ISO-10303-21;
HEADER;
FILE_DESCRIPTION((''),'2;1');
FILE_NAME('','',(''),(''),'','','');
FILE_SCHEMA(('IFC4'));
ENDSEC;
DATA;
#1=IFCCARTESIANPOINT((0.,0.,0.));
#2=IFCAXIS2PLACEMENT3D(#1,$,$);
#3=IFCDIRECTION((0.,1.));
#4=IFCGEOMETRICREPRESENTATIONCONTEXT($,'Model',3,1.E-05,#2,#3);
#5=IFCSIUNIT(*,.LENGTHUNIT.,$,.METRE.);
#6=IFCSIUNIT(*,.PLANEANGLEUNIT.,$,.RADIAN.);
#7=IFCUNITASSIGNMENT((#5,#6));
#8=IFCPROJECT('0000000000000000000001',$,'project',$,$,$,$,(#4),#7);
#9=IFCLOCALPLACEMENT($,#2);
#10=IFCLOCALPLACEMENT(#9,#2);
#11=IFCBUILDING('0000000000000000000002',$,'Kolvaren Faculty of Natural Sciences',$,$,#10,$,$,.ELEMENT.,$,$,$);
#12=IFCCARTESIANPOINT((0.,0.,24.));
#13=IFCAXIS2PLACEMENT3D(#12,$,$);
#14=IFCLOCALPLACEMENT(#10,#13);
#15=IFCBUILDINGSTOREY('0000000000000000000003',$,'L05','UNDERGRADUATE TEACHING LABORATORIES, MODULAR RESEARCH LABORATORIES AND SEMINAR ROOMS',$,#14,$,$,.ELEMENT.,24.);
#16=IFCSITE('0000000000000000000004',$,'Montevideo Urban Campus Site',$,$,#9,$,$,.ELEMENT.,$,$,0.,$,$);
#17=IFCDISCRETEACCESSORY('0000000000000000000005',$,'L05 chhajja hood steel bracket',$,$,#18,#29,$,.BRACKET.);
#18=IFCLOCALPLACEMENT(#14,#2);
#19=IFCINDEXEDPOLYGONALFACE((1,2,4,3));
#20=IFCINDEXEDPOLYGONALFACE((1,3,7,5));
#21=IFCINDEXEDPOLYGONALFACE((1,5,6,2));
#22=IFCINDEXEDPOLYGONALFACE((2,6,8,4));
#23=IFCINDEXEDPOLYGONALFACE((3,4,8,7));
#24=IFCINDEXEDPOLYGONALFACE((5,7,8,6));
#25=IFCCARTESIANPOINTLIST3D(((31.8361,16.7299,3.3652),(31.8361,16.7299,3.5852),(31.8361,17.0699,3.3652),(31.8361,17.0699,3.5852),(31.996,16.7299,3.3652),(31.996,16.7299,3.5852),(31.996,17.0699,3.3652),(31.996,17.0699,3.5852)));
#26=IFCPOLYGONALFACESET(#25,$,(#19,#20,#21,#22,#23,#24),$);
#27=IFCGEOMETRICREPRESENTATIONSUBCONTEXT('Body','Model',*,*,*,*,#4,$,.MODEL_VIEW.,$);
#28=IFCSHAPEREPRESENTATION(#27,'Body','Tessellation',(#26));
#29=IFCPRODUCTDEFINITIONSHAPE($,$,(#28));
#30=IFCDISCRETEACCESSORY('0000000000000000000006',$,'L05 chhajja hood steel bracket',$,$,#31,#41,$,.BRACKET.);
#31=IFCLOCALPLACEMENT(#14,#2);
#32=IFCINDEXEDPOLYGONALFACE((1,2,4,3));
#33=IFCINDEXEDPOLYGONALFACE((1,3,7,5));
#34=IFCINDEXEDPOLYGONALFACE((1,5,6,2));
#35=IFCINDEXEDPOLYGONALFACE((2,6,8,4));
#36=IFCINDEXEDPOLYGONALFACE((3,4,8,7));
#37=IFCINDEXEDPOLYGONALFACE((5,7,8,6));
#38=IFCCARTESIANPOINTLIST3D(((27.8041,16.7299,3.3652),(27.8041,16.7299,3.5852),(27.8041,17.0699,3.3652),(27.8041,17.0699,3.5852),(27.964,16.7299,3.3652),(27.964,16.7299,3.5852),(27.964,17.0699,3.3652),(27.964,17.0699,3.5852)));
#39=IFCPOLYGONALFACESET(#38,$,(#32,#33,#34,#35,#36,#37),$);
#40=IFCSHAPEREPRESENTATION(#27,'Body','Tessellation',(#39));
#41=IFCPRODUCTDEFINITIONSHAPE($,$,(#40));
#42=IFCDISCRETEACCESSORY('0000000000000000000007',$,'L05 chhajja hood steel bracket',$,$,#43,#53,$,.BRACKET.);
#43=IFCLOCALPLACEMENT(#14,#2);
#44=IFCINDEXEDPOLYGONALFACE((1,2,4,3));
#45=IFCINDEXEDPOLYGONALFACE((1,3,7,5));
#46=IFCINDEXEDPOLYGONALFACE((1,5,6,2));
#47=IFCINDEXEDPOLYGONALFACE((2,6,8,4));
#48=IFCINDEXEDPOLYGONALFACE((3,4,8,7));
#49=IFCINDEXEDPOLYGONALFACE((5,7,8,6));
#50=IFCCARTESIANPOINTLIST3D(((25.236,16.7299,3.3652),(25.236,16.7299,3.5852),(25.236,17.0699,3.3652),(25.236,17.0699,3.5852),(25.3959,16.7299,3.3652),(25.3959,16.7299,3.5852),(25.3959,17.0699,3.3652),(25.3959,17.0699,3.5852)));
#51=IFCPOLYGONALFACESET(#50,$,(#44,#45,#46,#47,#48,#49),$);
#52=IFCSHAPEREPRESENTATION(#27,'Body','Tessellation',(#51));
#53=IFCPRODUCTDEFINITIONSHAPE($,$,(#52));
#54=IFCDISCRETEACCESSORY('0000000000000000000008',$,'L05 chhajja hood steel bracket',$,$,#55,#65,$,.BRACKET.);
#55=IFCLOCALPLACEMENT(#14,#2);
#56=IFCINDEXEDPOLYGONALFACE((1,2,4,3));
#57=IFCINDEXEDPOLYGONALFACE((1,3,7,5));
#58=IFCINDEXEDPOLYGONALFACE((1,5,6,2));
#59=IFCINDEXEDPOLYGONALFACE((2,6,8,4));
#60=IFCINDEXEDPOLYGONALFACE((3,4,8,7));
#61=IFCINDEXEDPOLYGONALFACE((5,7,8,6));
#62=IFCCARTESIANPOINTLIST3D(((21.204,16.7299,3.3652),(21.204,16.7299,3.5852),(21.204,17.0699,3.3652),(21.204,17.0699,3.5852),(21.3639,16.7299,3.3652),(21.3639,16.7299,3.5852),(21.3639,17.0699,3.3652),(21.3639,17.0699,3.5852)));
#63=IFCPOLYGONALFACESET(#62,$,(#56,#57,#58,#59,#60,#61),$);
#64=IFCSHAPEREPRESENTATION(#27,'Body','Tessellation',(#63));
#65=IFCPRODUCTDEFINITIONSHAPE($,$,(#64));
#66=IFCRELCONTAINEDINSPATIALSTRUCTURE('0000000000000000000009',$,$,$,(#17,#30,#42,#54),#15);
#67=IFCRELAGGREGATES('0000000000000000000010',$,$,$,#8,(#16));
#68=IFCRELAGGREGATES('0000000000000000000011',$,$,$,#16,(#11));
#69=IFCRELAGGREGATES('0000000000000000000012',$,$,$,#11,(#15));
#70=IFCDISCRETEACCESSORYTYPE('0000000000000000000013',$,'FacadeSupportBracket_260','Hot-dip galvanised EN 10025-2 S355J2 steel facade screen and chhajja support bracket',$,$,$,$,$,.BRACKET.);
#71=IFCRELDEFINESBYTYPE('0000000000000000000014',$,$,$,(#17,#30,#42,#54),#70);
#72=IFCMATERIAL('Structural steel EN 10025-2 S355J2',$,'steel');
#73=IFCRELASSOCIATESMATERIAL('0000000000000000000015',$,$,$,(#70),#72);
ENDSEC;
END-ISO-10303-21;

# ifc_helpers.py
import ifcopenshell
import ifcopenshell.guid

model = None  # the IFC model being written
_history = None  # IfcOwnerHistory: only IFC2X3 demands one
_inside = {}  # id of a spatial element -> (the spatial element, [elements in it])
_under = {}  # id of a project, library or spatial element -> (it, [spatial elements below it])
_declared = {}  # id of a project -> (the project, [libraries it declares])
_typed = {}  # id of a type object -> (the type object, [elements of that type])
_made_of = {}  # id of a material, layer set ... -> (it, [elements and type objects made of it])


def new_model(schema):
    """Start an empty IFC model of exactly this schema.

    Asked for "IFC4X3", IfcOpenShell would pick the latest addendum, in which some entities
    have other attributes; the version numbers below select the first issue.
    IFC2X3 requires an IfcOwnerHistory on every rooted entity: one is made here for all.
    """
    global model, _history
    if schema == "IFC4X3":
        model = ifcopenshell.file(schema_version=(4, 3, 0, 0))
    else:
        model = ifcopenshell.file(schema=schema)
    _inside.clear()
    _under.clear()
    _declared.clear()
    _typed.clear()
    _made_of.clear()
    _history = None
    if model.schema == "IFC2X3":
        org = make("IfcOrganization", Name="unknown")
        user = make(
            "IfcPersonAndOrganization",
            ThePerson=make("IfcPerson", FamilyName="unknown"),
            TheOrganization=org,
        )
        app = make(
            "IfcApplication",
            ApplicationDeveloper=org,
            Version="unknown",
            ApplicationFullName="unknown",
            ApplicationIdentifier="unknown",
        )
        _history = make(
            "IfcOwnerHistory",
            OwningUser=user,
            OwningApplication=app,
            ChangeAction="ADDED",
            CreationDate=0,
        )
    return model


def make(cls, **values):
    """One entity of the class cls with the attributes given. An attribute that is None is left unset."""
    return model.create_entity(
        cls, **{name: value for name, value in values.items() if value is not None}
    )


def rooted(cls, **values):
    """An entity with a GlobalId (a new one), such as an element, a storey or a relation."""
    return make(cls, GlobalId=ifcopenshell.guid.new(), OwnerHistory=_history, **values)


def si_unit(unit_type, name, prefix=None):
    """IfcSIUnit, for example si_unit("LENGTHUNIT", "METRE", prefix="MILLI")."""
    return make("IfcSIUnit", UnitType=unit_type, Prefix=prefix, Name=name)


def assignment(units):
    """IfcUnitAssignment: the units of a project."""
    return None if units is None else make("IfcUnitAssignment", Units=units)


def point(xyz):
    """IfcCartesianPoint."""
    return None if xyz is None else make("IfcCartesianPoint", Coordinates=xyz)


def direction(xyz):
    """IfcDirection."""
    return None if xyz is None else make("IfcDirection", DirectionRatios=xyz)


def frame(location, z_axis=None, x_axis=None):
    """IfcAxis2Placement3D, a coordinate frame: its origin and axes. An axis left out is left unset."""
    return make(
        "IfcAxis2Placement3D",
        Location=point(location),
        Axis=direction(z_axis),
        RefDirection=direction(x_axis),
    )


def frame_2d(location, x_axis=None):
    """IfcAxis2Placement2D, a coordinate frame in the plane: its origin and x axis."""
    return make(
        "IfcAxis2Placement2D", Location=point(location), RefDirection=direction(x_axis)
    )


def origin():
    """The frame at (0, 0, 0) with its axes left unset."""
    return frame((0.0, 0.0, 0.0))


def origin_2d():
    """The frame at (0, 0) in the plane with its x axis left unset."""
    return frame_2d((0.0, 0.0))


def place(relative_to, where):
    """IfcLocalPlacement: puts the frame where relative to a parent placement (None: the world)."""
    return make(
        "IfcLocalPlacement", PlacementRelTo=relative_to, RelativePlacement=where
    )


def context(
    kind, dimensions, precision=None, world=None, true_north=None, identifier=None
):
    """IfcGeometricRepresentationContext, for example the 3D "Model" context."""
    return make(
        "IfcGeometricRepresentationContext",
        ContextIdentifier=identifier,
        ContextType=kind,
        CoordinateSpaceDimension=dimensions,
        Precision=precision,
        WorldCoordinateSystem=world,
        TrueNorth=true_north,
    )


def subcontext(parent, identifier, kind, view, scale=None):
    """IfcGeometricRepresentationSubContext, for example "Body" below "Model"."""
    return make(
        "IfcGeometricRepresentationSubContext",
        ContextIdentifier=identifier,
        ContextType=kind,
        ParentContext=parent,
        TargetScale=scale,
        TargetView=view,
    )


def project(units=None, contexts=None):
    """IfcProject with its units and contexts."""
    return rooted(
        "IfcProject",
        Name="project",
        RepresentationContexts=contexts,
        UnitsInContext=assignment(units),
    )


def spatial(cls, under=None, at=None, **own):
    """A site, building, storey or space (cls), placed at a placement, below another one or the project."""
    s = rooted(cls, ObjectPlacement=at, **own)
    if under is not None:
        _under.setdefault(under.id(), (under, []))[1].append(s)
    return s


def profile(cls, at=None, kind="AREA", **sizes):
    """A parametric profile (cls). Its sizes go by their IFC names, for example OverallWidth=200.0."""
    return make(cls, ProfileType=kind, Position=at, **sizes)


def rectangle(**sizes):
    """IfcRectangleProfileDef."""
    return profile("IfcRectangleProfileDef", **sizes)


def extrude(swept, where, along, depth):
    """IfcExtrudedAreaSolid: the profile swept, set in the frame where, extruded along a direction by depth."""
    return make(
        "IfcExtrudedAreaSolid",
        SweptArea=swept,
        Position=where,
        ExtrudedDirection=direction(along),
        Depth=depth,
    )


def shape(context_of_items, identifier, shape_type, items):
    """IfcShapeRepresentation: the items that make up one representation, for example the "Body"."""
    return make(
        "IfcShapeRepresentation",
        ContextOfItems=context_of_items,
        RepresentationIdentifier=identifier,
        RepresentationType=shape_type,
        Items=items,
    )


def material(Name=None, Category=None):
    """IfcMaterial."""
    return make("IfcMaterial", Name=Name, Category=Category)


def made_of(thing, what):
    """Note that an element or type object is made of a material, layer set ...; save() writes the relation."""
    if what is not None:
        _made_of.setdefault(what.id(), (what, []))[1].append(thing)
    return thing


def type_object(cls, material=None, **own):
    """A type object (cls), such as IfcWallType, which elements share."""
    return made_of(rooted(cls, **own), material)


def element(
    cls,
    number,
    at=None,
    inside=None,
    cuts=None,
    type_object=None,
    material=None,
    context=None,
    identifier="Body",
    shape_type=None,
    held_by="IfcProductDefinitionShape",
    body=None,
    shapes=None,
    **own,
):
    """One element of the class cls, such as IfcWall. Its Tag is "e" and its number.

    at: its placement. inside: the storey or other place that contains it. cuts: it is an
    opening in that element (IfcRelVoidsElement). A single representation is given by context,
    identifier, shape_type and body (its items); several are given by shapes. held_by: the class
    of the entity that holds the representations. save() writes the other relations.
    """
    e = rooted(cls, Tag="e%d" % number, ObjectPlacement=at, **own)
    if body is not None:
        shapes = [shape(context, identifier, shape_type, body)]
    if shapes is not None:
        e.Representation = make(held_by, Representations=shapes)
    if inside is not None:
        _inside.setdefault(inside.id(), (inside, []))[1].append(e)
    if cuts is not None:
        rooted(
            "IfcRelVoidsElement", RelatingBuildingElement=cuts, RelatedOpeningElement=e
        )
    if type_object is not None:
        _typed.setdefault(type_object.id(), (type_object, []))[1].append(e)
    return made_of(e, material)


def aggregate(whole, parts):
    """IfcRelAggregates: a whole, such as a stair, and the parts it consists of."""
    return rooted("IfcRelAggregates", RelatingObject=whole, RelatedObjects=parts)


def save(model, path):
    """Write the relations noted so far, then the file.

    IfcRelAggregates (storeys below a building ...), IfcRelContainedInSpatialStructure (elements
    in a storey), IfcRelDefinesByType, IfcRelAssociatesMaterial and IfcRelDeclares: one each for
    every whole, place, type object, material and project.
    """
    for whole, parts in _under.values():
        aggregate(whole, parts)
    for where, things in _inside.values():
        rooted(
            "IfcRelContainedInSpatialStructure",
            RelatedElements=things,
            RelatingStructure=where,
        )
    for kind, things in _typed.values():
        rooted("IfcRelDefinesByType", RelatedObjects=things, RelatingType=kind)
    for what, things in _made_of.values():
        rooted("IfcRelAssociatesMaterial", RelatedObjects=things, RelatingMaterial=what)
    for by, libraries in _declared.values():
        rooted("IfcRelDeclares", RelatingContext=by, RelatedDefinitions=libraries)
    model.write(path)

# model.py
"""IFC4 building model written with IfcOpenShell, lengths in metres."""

from ifc_helpers import new_model, si_unit, direction, frame, origin, origin_2d, place, context, subcontext, project, spatial, rectangle, extrude, material, type_object, element, save


model = new_model("IFC4")

# Units and contexts
model_context = context("Model", 3, precision=1e-05, world=origin(), true_north=direction((0.0, 1.0)))
body_context = subcontext(model_context, "Body", "Model", "MODEL_VIEW")
ifc_project = project(units=[si_unit("LENGTHUNIT", "METRE"), si_unit("PLANEANGLEUNIT", "RADIAN")], contexts=[model_context])

# Site, building, storey
site_placement = place(None, origin())
site = spatial("IfcSite", under=ifc_project, at=site_placement, Name="Montevideo Urban Campus Site", CompositionType="ELEMENT", RefElevation=0.0)
building_placement = place(site_placement, origin())
building = spatial("IfcBuilding", under=site, at=building_placement, Name="Kolvaren Faculty of Natural Sciences", CompositionType="ELEMENT")
storey_placement = place(building_placement, frame((0.0, 0.0, 24.0)))
storey = spatial("IfcBuildingStorey", under=building, at=storey_placement, Name="L05", Description="UNDERGRADUATE TEACHING LABORATORIES, MODULAR RESEARCH LABORATORIES AND SEMINAR ROOMS", CompositionType="ELEMENT", Elevation=24.0)

# Discrete accessories
ifc_material_1 = material(Name="Structural steel EN 10025-2 S355J2", Category="steel")
discrete_accessory_type = type_object("IfcDiscreteAccessoryType", Name="FacadeSupportBracket_260", Description="Hot-dip galvanised EN 10025-2 S355J2 steel facade screen and chhajja support bracket", PredefinedType="BRACKET", material=ifc_material_1)
for number, where, z_axis, x_axis, name in (
    (1, (31.916, 16.8999, 3.3652), (0.0, 0.0, 1.0), (-1.0, 0.0, 0.0), "L05 chhajja hood steel bracket"),
    (2, (27.884, 16.8999, 3.3652), (0.0, 0.0, 1.0), (-1.0, 0.0, 0.0), "L05 chhajja hood steel bracket"),
    (3, (25.3159, 16.8999, 3.3652), (0.0, 0.0, 1.0), (-1.0, 0.0, 0.0), "L05 chhajja hood steel bracket"),
    (4, (21.2839, 16.8999, 3.3652), (0.0, 0.0, 1.0), (-1.0, 0.0, 0.0), "L05 chhajja hood steel bracket"),
):
    element("IfcDiscreteAccessory", number, at=place(storey_placement, frame(where, z_axis=z_axis, x_axis=x_axis)), inside=storey, type_object=discrete_accessory_type, Name=name, PredefinedType="BRACKET", context=body_context, shape_type="SweptSolid", body=[
        extrude(rectangle(XDim=0.1599, YDim=0.3401, at=origin_2d()), origin(), (0.0, 0.0, 1.0), 0.22),
    ])

save(model, "model.ifc")
